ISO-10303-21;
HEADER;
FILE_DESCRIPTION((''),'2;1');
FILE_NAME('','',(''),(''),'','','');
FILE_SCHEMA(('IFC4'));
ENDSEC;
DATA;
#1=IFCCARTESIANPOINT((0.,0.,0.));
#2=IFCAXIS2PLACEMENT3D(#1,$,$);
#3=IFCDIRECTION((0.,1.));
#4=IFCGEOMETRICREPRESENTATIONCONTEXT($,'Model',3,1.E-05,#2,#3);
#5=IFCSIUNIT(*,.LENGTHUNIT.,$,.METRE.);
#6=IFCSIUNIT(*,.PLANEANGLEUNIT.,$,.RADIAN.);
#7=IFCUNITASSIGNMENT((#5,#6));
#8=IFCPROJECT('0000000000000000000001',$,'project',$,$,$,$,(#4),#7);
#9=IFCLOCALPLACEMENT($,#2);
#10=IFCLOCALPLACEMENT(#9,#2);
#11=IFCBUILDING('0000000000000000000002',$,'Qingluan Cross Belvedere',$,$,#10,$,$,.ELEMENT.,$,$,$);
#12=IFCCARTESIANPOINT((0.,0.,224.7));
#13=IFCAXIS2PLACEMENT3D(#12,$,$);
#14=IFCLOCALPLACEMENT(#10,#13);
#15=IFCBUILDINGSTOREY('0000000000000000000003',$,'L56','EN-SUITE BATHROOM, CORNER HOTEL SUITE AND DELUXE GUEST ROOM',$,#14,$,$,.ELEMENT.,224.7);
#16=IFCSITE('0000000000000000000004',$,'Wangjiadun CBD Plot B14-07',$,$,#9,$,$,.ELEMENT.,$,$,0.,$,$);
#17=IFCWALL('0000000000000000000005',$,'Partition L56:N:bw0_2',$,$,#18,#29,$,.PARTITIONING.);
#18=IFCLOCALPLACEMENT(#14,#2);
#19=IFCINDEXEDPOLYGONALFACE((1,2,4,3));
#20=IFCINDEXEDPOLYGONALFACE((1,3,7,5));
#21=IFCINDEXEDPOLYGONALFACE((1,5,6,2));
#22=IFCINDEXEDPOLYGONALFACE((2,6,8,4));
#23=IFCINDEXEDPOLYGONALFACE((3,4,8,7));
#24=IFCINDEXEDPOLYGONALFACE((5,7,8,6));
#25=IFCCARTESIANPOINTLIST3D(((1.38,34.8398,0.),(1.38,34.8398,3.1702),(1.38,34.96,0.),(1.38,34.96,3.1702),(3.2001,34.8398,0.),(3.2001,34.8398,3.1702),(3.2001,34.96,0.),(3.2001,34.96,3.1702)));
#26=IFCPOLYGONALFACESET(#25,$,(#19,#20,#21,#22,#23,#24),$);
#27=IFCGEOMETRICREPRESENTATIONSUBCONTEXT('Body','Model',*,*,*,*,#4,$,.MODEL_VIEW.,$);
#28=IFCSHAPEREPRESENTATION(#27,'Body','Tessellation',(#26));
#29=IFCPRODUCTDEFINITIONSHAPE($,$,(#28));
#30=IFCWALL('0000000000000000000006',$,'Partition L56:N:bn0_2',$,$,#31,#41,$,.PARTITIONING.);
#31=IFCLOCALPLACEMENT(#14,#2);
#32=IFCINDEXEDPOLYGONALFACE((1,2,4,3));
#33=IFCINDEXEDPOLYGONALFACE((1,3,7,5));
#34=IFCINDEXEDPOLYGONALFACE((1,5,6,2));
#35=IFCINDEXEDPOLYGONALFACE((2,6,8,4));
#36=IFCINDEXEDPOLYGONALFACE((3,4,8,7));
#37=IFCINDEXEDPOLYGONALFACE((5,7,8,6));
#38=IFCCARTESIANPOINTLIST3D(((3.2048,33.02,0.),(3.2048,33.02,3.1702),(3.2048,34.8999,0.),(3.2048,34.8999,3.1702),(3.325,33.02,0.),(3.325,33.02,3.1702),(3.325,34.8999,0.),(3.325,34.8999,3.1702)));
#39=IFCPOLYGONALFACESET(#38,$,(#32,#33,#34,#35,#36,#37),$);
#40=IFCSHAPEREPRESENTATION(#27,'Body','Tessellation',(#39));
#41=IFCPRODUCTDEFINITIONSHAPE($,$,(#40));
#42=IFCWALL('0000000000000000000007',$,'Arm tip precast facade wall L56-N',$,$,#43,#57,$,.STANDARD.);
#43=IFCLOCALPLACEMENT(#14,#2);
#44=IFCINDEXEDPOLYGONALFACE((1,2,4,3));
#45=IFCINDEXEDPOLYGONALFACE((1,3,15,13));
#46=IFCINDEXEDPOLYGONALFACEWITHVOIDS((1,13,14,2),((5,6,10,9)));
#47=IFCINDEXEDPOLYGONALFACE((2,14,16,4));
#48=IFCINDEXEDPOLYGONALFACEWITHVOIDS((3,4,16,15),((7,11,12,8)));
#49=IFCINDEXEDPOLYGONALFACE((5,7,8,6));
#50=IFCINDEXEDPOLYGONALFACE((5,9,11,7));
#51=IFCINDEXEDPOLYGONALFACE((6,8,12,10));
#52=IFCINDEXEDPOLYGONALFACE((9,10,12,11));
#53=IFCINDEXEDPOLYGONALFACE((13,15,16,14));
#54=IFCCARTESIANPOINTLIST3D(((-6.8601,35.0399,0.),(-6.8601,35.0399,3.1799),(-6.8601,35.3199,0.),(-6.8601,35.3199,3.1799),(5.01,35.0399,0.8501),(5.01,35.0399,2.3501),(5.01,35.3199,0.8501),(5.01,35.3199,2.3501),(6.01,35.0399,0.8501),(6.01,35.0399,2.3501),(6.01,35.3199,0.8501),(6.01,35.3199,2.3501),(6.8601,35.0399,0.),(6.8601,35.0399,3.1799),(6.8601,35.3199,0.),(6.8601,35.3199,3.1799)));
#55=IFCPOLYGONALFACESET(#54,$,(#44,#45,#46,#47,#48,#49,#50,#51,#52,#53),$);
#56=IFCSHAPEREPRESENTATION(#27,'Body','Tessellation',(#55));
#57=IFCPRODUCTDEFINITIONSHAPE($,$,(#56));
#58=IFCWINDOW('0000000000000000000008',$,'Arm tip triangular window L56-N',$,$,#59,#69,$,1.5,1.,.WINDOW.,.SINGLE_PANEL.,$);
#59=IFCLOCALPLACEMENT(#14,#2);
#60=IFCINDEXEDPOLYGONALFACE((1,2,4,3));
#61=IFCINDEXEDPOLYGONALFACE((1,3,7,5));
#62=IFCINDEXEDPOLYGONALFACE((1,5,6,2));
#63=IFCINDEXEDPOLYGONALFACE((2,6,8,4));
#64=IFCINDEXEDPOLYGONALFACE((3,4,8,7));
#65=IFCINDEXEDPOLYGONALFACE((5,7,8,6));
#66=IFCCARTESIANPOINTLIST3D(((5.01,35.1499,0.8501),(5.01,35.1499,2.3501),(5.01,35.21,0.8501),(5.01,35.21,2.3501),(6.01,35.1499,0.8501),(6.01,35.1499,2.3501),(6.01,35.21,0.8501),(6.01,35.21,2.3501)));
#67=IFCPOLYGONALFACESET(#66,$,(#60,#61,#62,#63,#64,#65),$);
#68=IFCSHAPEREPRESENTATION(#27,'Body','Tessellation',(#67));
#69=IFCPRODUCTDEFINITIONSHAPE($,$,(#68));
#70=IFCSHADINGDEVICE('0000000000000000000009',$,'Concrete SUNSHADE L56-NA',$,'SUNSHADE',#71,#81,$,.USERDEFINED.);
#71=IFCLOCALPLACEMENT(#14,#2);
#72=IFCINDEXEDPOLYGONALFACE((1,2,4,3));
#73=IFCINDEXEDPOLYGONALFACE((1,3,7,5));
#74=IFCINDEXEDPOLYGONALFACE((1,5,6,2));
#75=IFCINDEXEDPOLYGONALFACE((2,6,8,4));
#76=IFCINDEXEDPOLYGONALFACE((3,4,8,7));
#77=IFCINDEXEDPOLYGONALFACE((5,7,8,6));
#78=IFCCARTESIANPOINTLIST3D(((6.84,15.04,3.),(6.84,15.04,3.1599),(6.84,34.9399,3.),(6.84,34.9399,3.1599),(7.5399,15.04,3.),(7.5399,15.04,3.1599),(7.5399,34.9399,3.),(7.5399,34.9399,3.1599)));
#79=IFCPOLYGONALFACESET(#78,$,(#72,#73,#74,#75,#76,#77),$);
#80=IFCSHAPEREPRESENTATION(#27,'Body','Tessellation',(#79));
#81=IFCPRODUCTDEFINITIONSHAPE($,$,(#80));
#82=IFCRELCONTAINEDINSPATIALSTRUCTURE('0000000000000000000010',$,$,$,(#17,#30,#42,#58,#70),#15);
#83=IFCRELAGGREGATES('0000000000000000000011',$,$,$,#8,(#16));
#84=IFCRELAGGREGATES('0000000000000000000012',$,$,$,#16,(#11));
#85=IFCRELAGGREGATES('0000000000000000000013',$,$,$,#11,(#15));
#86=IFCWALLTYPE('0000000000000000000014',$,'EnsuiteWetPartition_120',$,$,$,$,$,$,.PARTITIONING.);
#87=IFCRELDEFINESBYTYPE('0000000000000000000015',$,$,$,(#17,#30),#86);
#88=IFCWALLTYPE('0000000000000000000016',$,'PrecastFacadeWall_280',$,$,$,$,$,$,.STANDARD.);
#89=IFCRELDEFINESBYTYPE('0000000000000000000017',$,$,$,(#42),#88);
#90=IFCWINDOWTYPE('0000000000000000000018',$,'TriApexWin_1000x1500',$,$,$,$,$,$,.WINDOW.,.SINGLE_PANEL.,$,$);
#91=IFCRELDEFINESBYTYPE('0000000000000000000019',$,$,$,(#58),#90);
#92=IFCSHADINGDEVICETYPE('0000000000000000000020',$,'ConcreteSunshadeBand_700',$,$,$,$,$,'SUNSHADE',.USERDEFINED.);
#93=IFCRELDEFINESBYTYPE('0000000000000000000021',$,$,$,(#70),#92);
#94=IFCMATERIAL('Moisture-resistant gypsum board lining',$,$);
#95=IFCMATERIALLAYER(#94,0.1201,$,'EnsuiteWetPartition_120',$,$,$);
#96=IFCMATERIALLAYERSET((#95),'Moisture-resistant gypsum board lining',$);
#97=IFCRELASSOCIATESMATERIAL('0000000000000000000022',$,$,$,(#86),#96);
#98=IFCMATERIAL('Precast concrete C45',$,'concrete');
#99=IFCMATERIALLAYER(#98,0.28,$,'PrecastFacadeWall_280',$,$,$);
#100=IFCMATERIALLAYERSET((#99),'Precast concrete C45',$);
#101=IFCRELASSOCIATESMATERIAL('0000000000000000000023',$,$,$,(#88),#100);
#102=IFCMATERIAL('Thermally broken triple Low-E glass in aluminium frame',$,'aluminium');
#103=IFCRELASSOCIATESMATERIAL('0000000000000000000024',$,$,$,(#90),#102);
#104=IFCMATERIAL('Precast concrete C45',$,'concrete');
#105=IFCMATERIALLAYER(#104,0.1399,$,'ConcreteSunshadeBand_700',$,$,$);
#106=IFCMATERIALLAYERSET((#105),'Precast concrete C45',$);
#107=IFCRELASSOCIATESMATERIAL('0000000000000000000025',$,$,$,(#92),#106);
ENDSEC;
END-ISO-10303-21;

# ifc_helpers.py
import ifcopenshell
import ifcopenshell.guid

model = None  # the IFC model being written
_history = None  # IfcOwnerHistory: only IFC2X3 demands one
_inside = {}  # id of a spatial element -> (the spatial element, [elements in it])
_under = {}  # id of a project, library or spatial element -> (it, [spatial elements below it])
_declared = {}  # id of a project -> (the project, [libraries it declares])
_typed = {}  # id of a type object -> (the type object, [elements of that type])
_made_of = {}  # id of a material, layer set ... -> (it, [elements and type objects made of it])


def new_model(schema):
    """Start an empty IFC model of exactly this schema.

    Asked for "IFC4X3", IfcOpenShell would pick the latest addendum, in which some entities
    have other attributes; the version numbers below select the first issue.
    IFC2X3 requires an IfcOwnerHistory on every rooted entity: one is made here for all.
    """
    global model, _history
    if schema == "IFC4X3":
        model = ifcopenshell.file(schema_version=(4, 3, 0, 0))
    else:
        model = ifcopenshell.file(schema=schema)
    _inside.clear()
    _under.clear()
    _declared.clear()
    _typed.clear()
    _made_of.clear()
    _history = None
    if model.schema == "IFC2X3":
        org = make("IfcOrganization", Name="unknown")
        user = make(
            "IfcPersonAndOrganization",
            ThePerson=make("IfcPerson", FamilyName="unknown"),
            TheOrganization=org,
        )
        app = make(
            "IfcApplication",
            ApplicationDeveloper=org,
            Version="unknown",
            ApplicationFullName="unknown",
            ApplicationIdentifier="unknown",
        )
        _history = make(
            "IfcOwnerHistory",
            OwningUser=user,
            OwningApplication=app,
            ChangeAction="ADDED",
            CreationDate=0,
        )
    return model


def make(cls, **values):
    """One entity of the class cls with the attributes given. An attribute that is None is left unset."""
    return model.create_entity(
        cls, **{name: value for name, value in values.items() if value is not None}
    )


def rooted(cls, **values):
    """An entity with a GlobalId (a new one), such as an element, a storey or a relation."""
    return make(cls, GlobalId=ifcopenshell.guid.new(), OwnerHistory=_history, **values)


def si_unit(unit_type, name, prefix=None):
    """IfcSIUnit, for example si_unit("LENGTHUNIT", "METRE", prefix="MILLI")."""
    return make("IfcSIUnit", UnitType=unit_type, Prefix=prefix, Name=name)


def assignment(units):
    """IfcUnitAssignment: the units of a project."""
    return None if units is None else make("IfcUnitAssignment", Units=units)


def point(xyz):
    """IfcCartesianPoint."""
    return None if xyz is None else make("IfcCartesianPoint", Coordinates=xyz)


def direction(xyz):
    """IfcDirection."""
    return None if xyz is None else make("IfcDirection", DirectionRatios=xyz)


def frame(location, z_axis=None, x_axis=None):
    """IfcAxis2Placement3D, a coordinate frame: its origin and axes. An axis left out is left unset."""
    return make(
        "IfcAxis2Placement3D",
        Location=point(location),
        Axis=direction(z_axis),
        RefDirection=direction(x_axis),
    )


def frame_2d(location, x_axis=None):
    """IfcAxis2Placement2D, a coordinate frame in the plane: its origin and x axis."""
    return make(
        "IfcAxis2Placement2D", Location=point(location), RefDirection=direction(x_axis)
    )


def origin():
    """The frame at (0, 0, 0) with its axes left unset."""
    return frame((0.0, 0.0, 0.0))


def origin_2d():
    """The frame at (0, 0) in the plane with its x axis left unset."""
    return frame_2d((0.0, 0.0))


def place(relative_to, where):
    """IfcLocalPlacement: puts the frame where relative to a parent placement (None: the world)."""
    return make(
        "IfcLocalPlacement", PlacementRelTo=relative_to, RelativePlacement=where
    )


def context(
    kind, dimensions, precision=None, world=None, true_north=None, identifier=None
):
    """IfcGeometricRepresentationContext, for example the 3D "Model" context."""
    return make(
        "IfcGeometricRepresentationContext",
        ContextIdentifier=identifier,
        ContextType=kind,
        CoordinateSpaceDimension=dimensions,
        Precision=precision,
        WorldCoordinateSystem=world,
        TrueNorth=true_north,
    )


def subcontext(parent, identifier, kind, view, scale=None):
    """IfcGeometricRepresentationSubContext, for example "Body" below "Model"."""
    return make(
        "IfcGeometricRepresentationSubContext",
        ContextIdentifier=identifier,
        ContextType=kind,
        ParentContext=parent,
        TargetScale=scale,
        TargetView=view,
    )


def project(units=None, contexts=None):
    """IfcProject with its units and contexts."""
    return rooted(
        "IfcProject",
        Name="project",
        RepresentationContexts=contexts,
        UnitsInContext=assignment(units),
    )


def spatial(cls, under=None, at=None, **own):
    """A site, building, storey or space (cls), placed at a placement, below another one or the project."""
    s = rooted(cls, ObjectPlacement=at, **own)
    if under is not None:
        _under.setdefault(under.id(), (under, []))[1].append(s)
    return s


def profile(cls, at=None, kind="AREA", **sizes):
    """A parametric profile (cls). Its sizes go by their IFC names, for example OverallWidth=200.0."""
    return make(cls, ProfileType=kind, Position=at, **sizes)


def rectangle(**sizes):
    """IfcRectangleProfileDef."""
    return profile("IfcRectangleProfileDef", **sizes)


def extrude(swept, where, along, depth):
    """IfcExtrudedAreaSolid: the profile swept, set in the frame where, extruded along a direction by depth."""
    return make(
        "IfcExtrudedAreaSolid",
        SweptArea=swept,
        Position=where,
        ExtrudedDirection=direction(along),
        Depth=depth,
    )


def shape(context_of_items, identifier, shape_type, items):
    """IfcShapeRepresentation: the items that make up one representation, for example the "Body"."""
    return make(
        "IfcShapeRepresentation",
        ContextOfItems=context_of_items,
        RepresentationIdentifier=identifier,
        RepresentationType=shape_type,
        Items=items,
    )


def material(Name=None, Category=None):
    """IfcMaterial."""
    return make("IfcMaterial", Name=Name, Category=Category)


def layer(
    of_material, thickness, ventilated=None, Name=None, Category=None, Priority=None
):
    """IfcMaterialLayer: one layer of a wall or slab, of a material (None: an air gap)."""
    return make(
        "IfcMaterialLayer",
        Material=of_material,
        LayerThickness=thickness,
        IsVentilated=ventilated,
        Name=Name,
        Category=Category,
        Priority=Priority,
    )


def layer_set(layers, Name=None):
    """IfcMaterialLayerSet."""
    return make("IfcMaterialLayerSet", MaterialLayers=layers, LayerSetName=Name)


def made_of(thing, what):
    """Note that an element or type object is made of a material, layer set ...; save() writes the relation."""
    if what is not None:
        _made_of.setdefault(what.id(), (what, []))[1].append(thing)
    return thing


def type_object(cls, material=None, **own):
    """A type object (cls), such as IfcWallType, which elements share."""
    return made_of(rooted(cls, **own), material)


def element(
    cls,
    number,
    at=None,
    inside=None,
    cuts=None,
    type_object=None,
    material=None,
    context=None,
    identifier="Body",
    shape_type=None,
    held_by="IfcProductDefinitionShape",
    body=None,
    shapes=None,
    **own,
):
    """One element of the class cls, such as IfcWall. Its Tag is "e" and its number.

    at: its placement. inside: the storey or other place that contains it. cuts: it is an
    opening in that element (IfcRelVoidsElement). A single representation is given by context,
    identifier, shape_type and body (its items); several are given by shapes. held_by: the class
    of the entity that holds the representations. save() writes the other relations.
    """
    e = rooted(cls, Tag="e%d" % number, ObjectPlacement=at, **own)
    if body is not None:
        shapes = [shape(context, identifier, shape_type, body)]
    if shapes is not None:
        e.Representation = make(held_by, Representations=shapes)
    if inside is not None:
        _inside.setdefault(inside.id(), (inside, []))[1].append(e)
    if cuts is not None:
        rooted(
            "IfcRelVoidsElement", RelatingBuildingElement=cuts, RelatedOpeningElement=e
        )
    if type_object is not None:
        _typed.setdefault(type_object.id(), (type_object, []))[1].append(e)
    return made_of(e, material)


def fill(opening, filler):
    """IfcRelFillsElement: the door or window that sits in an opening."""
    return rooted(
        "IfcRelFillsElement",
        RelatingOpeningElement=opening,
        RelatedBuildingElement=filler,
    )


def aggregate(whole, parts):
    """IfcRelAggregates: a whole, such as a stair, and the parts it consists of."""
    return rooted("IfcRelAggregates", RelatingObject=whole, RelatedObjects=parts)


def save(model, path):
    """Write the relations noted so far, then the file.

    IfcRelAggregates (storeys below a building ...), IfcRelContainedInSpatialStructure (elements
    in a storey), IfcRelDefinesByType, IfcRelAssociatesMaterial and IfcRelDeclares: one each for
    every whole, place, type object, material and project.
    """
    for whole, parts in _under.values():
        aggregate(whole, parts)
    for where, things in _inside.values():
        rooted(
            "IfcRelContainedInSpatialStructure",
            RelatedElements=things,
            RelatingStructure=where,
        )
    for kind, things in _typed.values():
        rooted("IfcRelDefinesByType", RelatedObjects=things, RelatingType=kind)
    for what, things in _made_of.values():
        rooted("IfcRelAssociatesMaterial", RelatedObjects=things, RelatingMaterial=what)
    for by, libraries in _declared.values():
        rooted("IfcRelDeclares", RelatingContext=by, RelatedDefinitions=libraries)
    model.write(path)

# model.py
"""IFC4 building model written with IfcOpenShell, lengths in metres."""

from ifc_helpers import new_model, si_unit, direction, frame, frame_2d, origin, origin_2d, place, context, subcontext, project, spatial, rectangle, extrude, material, layer, layer_set, type_object, element, fill, save


model = new_model("IFC4")

# Units and contexts
model_context = context("Model", 3, precision=1e-05, world=origin(), true_north=direction((0.0, 1.0)))
body_context = subcontext(model_context, "Body", "Model", "MODEL_VIEW")
ifc_project = project(units=[si_unit("LENGTHUNIT", "METRE"), si_unit("PLANEANGLEUNIT", "RADIAN")], contexts=[model_context])

# Site, building, storey
site_placement = place(None, origin())
site = spatial("IfcSite", under=ifc_project, at=site_placement, Name="Wangjiadun CBD Plot B14-07", CompositionType="ELEMENT", RefElevation=0.0)
building_placement = place(site_placement, origin())
building = spatial("IfcBuilding", under=site, at=building_placement, Name="Qingluan Cross Belvedere", CompositionType="ELEMENT")
storey_placement = place(building_placement, frame((0.0, 0.0, 224.7)))
storey = spatial("IfcBuildingStorey", under=building, at=storey_placement, Name="L56", Description="EN-SUITE BATHROOM, CORNER HOTEL SUITE AND DELUXE GUEST ROOM", CompositionType="ELEMENT", Elevation=224.7)

# Shared definitions
ifc_material_1 = material(Name="Moisture-resistant gypsum board lining")
ifc_layer_1 = layer(ifc_material_1, 0.1201, Name="EnsuiteWetPartition_120")
ifc_layer_set_1 = layer_set([ifc_layer_1], Name="Moisture-resistant gypsum board lining")
wall_type_1 = type_object("IfcWallType", Name="EnsuiteWetPartition_120", PredefinedType="PARTITIONING", material=ifc_layer_set_1)

# Walls
wall_1_placement = place(storey_placement, frame((1.3799, 34.8999, 0.0), z_axis=(0.0, 0.0, 1.0), x_axis=(1.0, 0.0, 0.0)))
element("IfcWall", 1, at=wall_1_placement, inside=storey, type_object=wall_type_1, Name="Partition L56:N:bw0_2", PredefinedType="PARTITIONING", context=body_context, shape_type="SweptSolid", body=[
    extrude(rectangle(XDim=1.8201, YDim=0.1201, at=frame_2d((0.9102, 0.0))), origin(), (0.0, 0.0, 1.0), 3.1702),
])
wall_2_placement = place(storey_placement, frame((3.2649, 33.02, 0.0), z_axis=(0.0, 0.0, 1.0), x_axis=(0.0, 1.0, 0.0)))
element("IfcWall", 2, at=wall_2_placement, inside=storey, type_object=wall_type_1, Name="Partition L56:N:bn0_2", PredefinedType="PARTITIONING", context=body_context, shape_type="SweptSolid", body=[
    extrude(rectangle(XDim=1.8799, YDim=0.1201, at=frame_2d((0.9399, 0.0))), origin(), (0.0, 0.0, 1.0), 3.1702),
])

# Wall, opening, window
ifc_material_2 = material(Name="Precast concrete C45", Category="concrete")
ifc_layer_2 = layer(ifc_material_2, 0.28, Name="PrecastFacadeWall_280")
ifc_layer_set_2 = layer_set([ifc_layer_2], Name="Precast concrete C45")
wall_type_2 = type_object("IfcWallType", Name="PrecastFacadeWall_280", PredefinedType="STANDARD", material=ifc_layer_set_2)
wall_3_placement = place(storey_placement, frame((6.8601, 35.1799, 0.0), z_axis=(0.0, 0.0, 1.0), x_axis=(-1.0, 0.0, 0.0)))
wall_3 = element("IfcWall", 3, at=wall_3_placement, inside=storey, type_object=wall_type_2, Name="Arm tip precast facade wall L56-N", PredefinedType="STANDARD", context=body_context, shape_type="SweptSolid", body=[
    extrude(rectangle(XDim=13.7202, YDim=0.28, at=frame_2d((6.8601, 0.0))), origin(), (0.0, 0.0, 1.0), 3.1799),
])
opening_1_placement = place(wall_3_placement, frame((0.8501, 0.0, 0.8501)))
opening_1 = element("IfcOpeningElement", 4, at=opening_1_placement, cuts=wall_3, PredefinedType="OPENING", context=body_context, shape_type="SweptSolid", body=[
    extrude(rectangle(XDim=1.0, YDim=1.5, at=frame_2d((0.5, 0.75))), frame((0.0, 0.1499, 0.0), z_axis=(0.0, -1.0, 0.0), x_axis=(1.0, 0.0, 0.0)), (0.0, 0.0, 1.0), 0.3),
])
ifc_material_3 = material(Name="Thermally broken triple Low-E glass in aluminium frame", Category="aluminium")
window_type = type_object("IfcWindowType", Name="TriApexWin_1000x1500", PartitioningType="SINGLE_PANEL", PredefinedType="WINDOW", material=ifc_material_3)
window_placement = place(opening_1_placement, origin())
window = element("IfcWindow", 5, at=window_placement, inside=storey, type_object=window_type, Name="Arm tip triangular window L56-N", OverallHeight=1.5, OverallWidth=1.0, PartitioningType="SINGLE_PANEL", PredefinedType="WINDOW", context=body_context, shape_type="SweptSolid", body=[
    extrude(rectangle(XDim=1.0, YDim=1.5, at=frame_2d((0.5, 0.75))), frame((0.0, 0.03, 0.0), z_axis=(0.0, -1.0, 0.0), x_axis=(1.0, 0.0, 0.0)), (0.0, 0.0, 1.0), 0.0601),
])
fill(opening_1, window)

# Shading device
ifc_material_4 = material(Name="Precast concrete C45", Category="concrete")
ifc_layer_3 = layer(ifc_material_4, 0.1399, Name="ConcreteSunshadeBand_700")
ifc_layer_set_3 = layer_set([ifc_layer_3], Name="Precast concrete C45")
shading_device_type = type_object("IfcShadingDeviceType", Name="ConcreteSunshadeBand_700", ElementType="SUNSHADE", PredefinedType="USERDEFINED", material=ifc_layer_set_3)
shading_device_placement = place(storey_placement, frame((7.1899, 24.99, 3.0), z_axis=(0.0, 0.0, 1.0), x_axis=(0.0, 1.0, 0.0)))
element("IfcShadingDevice", 6, at=shading_device_placement, inside=storey, type_object=shading_device_type, Name="Concrete SUNSHADE L56-NA", ObjectType="SUNSHADE", PredefinedType="USERDEFINED", context=body_context, shape_type="SweptSolid", body=[
    extrude(rectangle(XDim=19.8999, YDim=0.7, at=origin_2d()), origin(), (0.0, 0.0, 1.0), 0.1599),
])

save(model, "model.ifc")
